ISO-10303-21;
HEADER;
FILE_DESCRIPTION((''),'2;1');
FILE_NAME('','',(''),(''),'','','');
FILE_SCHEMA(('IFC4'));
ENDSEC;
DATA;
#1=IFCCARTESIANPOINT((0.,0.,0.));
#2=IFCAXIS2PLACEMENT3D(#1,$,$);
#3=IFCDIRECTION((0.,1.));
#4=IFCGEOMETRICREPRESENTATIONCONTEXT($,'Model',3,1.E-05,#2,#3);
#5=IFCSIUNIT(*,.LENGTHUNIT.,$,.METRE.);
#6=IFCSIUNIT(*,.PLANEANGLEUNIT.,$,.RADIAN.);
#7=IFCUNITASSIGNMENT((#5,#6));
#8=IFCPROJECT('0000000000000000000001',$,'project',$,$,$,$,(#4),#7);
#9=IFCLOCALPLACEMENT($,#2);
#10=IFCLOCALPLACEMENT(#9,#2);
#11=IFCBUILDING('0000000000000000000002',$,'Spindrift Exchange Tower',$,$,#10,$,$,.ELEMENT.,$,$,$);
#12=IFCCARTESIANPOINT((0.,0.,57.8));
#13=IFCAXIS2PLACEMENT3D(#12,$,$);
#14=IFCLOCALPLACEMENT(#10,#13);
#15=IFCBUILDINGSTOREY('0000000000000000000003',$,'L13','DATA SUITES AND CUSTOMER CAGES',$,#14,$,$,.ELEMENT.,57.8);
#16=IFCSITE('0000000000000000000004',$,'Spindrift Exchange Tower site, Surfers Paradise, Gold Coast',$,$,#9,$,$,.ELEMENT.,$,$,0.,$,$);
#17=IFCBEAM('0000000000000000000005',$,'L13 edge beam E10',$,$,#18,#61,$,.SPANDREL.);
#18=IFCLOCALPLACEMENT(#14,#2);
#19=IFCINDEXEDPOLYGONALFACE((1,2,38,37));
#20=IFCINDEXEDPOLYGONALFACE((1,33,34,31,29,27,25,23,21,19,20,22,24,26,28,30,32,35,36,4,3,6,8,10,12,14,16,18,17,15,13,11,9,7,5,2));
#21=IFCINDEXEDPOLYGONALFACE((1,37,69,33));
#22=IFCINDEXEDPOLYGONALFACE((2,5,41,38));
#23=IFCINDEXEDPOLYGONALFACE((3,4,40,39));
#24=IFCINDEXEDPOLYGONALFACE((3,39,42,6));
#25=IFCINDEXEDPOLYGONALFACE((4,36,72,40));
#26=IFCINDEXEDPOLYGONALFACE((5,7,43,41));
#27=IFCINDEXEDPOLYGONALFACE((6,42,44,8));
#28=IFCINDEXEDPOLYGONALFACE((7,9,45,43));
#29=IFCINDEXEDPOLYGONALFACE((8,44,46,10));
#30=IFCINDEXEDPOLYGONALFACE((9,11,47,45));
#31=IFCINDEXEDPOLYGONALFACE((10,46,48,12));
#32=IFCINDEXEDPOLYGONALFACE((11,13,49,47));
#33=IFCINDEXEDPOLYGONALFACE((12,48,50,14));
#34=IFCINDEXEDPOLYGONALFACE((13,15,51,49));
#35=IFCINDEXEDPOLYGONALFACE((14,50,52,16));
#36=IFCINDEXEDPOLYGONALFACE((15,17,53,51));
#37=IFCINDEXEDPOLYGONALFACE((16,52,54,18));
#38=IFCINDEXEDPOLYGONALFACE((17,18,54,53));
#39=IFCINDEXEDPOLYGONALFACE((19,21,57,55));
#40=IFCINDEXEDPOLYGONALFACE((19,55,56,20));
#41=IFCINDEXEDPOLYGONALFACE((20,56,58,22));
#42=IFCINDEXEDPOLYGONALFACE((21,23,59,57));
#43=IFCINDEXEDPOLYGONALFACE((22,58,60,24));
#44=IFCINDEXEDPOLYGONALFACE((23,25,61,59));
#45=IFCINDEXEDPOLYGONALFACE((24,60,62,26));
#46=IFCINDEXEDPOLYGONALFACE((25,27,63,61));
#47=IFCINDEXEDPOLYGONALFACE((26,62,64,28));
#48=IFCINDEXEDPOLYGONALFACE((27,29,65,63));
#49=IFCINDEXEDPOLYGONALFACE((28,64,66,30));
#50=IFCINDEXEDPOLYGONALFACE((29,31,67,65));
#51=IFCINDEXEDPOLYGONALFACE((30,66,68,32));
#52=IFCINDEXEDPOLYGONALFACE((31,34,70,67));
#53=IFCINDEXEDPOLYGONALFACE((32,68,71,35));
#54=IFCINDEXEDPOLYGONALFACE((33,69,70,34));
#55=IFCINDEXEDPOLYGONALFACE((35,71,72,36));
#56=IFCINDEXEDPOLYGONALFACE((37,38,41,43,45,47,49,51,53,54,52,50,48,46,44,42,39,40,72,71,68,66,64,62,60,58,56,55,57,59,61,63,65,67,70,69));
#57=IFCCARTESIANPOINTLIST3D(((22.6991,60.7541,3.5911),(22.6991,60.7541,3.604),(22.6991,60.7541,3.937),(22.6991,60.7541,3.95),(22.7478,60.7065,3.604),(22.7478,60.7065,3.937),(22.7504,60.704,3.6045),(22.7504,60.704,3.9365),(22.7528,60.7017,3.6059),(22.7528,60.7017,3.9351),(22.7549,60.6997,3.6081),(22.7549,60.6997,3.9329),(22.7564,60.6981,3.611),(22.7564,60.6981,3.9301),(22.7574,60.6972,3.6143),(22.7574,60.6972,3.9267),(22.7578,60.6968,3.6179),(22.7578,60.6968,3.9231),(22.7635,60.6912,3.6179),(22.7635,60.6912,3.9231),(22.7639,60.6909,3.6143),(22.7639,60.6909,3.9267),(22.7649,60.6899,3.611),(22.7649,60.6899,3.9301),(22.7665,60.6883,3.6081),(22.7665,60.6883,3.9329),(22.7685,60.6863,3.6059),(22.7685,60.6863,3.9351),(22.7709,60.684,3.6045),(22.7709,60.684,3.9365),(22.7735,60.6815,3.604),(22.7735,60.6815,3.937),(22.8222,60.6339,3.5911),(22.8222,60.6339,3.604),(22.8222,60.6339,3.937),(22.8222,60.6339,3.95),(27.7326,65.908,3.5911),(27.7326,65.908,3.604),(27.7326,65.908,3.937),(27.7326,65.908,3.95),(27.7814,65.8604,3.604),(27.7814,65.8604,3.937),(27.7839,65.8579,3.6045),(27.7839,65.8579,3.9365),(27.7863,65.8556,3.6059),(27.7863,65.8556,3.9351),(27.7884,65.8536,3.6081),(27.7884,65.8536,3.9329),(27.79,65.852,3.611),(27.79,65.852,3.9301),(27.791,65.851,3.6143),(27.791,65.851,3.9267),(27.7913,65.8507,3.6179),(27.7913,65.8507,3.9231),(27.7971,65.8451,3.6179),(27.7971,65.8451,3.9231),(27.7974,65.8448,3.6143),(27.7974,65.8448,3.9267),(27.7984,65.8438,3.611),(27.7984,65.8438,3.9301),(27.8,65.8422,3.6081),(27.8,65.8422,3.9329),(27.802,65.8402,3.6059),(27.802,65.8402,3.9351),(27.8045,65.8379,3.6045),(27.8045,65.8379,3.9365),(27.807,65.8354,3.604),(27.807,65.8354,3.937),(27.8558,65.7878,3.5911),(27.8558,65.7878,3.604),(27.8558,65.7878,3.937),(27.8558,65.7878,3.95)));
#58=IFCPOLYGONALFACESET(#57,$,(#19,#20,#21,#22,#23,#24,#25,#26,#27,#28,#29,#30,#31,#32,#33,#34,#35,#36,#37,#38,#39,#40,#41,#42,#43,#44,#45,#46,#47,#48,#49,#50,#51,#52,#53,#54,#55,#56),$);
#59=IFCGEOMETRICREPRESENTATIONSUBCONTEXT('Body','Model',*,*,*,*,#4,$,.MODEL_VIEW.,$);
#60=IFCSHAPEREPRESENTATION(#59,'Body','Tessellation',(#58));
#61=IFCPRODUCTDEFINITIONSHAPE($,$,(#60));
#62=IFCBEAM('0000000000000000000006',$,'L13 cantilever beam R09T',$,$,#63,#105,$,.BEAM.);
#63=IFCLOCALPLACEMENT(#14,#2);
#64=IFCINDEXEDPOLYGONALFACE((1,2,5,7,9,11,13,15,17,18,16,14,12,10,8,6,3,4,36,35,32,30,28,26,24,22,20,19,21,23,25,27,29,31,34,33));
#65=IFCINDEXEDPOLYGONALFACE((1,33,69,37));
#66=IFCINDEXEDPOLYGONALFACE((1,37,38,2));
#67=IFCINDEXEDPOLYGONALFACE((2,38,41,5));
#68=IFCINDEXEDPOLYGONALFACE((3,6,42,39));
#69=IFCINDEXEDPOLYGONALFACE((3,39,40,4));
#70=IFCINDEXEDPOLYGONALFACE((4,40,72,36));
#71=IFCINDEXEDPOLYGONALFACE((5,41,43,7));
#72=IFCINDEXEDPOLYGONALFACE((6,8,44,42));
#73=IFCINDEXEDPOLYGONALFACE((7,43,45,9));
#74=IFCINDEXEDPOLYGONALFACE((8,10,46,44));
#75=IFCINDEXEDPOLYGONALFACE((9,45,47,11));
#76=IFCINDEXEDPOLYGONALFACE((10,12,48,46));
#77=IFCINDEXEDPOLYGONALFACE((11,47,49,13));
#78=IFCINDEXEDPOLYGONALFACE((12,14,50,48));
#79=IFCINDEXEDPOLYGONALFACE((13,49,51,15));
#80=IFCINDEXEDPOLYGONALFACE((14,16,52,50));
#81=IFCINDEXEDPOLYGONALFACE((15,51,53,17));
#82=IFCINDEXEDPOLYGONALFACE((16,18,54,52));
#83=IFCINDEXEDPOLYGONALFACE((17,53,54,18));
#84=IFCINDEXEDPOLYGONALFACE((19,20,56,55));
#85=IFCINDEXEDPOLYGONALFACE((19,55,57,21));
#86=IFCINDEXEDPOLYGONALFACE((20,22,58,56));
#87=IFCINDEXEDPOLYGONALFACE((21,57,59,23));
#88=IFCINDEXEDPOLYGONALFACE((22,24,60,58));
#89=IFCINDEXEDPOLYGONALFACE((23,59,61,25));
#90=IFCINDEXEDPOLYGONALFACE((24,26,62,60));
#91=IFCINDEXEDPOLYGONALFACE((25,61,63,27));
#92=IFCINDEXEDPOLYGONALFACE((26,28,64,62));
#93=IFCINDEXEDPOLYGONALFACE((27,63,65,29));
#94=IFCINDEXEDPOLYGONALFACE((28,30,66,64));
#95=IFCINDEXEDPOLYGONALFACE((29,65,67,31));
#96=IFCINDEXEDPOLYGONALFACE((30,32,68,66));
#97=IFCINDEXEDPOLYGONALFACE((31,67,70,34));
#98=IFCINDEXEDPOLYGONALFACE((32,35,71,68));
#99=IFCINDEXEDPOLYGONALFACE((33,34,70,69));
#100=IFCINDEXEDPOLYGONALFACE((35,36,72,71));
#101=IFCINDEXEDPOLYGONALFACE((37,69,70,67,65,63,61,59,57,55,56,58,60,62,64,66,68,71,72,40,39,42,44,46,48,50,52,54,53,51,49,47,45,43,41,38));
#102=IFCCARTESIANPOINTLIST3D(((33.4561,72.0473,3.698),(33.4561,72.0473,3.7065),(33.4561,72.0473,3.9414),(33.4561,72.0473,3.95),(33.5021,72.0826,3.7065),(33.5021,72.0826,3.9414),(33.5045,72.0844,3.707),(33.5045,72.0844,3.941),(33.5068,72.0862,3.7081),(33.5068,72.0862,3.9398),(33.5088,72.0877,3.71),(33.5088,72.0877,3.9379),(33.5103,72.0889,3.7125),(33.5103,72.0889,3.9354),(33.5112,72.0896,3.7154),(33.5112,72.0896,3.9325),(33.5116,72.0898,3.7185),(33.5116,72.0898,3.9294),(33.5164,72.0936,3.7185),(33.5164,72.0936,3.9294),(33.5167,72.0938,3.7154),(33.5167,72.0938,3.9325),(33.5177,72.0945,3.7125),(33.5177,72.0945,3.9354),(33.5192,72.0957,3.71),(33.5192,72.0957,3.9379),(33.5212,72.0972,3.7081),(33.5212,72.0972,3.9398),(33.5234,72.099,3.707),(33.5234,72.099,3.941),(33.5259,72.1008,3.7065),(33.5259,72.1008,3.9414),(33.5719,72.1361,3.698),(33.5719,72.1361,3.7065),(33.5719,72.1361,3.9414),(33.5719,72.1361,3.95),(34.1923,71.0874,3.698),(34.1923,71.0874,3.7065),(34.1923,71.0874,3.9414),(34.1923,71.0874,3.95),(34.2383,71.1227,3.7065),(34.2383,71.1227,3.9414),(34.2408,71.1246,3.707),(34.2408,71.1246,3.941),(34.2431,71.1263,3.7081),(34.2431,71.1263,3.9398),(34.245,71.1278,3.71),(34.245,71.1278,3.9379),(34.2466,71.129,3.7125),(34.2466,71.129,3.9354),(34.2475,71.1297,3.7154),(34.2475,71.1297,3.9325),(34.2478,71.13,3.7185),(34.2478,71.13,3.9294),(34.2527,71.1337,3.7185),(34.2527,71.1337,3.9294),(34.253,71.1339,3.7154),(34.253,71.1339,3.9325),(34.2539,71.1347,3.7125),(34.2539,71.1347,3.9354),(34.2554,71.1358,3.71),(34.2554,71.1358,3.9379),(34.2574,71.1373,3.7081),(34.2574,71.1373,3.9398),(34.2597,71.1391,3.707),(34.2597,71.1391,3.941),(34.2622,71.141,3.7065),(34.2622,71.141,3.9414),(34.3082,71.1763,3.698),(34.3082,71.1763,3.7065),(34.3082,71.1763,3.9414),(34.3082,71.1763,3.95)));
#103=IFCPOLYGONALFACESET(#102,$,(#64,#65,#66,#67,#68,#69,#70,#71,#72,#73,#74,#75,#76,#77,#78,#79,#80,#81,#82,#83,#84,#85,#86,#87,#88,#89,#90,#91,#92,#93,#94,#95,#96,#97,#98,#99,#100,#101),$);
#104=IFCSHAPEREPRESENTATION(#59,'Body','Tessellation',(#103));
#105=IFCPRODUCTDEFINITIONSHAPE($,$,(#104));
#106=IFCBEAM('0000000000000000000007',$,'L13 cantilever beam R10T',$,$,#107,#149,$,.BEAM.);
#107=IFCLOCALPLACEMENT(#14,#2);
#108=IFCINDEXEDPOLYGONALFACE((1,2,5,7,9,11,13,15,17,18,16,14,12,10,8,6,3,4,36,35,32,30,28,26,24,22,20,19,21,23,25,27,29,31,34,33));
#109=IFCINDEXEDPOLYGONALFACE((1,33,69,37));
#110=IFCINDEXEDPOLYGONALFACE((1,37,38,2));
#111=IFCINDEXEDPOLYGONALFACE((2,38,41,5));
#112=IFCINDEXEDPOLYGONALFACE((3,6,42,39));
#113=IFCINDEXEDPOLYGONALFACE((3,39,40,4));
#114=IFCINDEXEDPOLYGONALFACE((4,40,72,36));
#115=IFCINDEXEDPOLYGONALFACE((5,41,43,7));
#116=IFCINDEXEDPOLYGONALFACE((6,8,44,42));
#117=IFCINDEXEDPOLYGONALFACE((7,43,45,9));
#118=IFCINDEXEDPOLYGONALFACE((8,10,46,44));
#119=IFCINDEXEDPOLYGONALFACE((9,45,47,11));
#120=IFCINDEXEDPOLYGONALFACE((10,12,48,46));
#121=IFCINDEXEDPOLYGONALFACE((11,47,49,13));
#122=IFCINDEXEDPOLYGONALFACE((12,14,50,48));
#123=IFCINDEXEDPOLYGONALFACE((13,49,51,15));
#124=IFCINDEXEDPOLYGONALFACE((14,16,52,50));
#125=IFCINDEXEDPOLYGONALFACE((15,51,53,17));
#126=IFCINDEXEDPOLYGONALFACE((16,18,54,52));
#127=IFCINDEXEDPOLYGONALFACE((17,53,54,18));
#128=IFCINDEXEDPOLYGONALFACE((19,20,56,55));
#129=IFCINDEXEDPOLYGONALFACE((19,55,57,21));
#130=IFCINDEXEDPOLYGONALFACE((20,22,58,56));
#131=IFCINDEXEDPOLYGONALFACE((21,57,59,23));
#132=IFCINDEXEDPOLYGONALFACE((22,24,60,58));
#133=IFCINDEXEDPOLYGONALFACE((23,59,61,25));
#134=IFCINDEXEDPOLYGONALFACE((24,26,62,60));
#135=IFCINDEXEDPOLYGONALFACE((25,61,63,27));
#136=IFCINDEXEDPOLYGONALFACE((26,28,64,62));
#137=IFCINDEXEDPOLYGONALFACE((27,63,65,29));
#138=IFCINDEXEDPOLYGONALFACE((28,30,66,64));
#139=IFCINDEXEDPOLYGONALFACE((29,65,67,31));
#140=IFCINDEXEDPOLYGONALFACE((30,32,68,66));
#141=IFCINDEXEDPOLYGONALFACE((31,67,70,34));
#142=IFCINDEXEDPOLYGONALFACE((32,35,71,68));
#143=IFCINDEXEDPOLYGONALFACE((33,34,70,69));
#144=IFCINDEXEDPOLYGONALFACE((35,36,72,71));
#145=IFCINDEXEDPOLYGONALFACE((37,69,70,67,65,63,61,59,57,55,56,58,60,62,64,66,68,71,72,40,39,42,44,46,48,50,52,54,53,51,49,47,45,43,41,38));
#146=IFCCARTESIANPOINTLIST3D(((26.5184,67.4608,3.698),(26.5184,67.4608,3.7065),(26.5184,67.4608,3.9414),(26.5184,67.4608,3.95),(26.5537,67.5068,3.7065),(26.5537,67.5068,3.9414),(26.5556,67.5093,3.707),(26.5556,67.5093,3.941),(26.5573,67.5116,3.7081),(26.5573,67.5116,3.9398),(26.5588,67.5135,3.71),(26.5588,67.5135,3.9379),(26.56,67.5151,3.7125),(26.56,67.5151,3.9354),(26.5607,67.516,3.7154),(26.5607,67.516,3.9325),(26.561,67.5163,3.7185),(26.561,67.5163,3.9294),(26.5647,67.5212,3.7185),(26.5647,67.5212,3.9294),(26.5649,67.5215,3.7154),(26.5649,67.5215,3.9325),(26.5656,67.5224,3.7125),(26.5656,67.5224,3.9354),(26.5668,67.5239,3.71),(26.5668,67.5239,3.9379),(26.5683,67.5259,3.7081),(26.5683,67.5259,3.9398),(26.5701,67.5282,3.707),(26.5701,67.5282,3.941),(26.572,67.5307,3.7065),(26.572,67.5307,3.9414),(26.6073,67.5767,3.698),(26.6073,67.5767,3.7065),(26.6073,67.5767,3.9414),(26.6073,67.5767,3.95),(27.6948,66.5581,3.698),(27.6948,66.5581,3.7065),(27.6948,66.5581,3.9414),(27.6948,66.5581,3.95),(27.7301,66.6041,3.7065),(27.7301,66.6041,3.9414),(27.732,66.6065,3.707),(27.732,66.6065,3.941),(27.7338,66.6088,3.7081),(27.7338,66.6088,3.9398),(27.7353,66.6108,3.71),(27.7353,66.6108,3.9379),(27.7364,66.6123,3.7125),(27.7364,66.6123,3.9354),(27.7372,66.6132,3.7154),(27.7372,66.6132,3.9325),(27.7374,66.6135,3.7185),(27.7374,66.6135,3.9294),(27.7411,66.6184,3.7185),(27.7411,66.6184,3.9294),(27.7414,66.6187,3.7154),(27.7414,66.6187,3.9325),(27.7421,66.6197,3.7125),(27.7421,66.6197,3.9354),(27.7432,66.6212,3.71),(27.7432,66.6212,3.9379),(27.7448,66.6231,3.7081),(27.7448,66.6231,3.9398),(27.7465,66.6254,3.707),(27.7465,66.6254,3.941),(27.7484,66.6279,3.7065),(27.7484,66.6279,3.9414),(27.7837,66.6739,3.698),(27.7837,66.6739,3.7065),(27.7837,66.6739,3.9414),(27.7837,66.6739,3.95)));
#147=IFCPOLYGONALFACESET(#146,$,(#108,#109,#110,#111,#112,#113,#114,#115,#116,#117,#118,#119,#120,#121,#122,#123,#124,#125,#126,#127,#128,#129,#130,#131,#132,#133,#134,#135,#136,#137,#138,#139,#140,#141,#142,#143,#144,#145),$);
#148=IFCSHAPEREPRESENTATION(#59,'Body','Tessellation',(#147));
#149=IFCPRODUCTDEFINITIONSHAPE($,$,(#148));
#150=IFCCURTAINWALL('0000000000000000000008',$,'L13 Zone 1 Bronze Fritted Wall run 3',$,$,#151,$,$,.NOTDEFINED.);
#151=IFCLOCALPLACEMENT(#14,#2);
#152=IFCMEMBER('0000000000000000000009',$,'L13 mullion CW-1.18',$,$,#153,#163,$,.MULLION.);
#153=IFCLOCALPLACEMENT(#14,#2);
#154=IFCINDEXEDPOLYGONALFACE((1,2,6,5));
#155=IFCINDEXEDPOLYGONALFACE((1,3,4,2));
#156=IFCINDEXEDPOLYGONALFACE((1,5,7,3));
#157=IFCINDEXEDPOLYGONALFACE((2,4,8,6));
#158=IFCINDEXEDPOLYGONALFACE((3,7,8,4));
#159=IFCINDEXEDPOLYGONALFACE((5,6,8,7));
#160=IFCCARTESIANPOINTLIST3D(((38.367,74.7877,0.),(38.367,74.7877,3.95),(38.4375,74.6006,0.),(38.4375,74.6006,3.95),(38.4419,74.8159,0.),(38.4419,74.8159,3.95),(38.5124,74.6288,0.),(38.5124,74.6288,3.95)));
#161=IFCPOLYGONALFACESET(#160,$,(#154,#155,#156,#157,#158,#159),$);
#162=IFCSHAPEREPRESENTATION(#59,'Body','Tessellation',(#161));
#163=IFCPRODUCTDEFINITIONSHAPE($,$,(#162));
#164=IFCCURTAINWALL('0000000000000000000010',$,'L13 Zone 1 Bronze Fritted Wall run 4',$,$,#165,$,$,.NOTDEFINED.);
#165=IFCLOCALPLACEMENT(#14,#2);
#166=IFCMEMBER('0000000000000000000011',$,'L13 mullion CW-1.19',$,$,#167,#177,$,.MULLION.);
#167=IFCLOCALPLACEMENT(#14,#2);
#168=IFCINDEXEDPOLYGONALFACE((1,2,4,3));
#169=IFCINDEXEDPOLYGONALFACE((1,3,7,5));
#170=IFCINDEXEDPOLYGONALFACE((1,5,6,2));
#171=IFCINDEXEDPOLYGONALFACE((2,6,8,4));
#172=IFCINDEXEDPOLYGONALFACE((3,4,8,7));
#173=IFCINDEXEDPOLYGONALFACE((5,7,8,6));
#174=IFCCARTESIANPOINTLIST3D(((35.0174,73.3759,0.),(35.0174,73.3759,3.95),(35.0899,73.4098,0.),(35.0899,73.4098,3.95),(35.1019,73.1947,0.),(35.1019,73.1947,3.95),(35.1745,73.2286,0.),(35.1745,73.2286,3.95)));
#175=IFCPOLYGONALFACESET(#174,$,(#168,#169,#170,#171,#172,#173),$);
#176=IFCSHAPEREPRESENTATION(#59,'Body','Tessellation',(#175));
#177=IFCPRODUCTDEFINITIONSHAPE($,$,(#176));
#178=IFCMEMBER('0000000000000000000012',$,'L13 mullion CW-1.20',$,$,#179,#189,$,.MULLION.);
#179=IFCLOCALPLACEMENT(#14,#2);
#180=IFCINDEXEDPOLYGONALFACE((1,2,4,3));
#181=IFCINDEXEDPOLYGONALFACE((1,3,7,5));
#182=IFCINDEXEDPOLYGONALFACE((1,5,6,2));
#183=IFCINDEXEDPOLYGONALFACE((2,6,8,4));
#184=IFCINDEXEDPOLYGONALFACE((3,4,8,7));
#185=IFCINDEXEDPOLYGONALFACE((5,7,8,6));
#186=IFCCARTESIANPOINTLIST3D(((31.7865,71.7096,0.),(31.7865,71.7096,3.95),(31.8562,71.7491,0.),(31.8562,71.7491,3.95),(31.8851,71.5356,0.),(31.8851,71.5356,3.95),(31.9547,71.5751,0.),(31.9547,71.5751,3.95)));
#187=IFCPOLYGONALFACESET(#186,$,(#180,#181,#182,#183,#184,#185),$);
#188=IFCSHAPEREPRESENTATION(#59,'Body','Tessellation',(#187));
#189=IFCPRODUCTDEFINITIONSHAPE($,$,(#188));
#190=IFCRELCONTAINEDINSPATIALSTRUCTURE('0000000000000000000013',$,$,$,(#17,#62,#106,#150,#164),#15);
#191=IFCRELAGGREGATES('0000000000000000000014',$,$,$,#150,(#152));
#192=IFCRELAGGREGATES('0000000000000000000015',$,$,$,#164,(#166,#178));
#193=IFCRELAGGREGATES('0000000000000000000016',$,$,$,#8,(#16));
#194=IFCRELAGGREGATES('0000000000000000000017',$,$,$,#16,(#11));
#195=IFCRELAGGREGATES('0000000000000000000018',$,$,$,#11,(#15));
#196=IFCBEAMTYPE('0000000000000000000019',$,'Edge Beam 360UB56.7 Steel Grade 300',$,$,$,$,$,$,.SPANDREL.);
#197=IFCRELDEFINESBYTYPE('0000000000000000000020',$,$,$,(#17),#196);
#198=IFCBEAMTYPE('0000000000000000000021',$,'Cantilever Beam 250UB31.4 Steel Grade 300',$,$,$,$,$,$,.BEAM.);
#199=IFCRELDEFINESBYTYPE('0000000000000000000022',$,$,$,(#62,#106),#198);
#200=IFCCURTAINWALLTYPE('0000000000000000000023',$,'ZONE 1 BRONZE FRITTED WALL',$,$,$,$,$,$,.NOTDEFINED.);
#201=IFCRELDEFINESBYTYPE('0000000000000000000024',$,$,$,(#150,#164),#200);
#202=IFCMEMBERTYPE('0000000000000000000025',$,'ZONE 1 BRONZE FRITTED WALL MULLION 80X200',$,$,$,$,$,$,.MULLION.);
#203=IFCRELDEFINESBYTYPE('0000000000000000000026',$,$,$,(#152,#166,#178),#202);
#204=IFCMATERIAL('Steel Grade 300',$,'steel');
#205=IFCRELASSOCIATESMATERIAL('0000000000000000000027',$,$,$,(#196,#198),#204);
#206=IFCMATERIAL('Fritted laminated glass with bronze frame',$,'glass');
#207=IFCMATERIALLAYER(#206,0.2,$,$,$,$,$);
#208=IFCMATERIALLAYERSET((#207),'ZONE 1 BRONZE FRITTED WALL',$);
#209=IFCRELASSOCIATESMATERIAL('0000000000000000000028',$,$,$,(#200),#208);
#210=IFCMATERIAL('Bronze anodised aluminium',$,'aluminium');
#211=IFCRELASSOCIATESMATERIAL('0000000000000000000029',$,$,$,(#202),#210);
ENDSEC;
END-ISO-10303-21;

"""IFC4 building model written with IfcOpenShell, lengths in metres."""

from ifc_helpers import new_model, si_unit, direction, frame, origin, origin_2d, place, context, subcontext, project, spatial, rectangle, i_section, extrude, source, transform, mapped, material, layer, layer_set, material_profile, profile_set, type_object, element, aggregate, save


model = new_model("IFC4")

# Units and contexts
model_context = context("Model", 3, precision=1e-05, world=origin(), true_north=direction((0.0, 1.0)))
body_context = subcontext(model_context, "Body", "Model", "MODEL_VIEW")
ifc_project = project(units=[si_unit("LENGTHUNIT", "METRE"), si_unit("PLANEANGLEUNIT", "RADIAN")], contexts=[model_context])

# Site, building, storey
site_placement = place(None, origin())
site = spatial("IfcSite", under=ifc_project, at=site_placement, Name="Spindrift Exchange Tower site, Surfers Paradise, Gold Coast", CompositionType="ELEMENT", RefElevation=0.0)
building_placement = place(site_placement, origin())
building = spatial("IfcBuilding", under=site, at=building_placement, Name="Spindrift Exchange Tower", CompositionType="ELEMENT")
storey_placement = place(building_placement, frame((0.0, 0.0, 57.8)))
storey = spatial("IfcBuildingStorey", under=building, at=storey_placement, Name="L13", Description="DATA SUITES AND CUSTOMER CAGES", CompositionType="ELEMENT", Elevation=57.8)

# Beams
ifc_material_1 = material(Name="Steel Grade 300", Category="steel")
ifc_material_profile_1 = material_profile(ifc_material_1, i_section(OverallWidth=0.1721, OverallDepth=0.3589, WebThickness=0.0081, FlangeThickness=0.0129, FilletRadius=0.0139, at=origin_2d()), Name="360UB56.7")
ifc_profile_set_1 = profile_set([ifc_material_profile_1], Name="Steel Grade 300")
beam_type_1 = type_object("IfcBeamType", Name="Edge Beam 360UB56.7 Steel Grade 300", PredefinedType="SPANDREL", material=ifc_profile_set_1)
shared_shape_1 = source(origin(), body_context, "Body", "SweptSolid", [
    extrude(i_section(OverallWidth=0.1721, OverallDepth=0.3589, WebThickness=0.0081, FlangeThickness=0.0129, FilletRadius=0.0139, at=origin_2d()), origin(), (0.0, 0.0, 1.0), 7.2041),
])
beam_1_placement = place(storey_placement, frame((27.7942, 65.8479, 3.7705), z_axis=(-0.698704, -0.715411, 0.0), x_axis=(0.715411, -0.698704, 0.0)))
element("IfcBeam", 1, at=beam_1_placement, inside=storey, type_object=beam_type_1, Name="L13 edge beam E10", PredefinedType="SPANDREL", context=body_context, shape_type="MappedRepresentation", body=[
    mapped(shared_shape_1, transform((0.0, 0.0, 0.0), scale=1.0)),
])
ifc_material_profile_2 = material_profile(ifc_material_1, i_section(OverallWidth=0.146, OverallDepth=0.252, WebThickness=0.0061, FlangeThickness=0.0085, FilletRadius=0.012, at=origin_2d()), Name="250UB31.4")
ifc_profile_set_2 = profile_set([ifc_material_profile_2], Name="Steel Grade 300")
beam_type_2 = type_object("IfcBeamType", Name="Cantilever Beam 250UB31.4 Steel Grade 300", PredefinedType="BEAM", material=ifc_profile_set_2)
shared_shape_2 = source(origin(), body_context, "Body", "SweptSolid", [
    extrude(i_section(OverallWidth=0.146, OverallDepth=0.252, WebThickness=0.0061, FlangeThickness=0.0085, FilletRadius=0.012, at=origin_2d()), origin(), (0.0, 0.0, 1.0), 1.2097),
])
beam_2_placement = place(storey_placement, frame((34.2502, 71.1318, 3.824), z_axis=(-0.608618, 0.793463, 0.0), x_axis=(-0.793463, -0.608618, 0.0)))
element("IfcBeam", 2, at=beam_2_placement, inside=storey, type_object=beam_type_2, Name="L13 cantilever beam R09T", PredefinedType="BEAM", context=body_context, shape_type="MappedRepresentation", body=[
    mapped(shared_shape_2, transform((0.0, 0.0, 0.0), scale=1.0)),
])
shared_shape_3 = source(origin(), body_context, "Body", "SweptSolid", [
    extrude(i_section(OverallWidth=0.146, OverallDepth=0.252, WebThickness=0.0061, FlangeThickness=0.0085, FilletRadius=0.012, at=origin_2d()), origin(), (0.0, 0.0, 1.0), 1.4829),
])
beam_3_placement = place(storey_placement, frame((27.7393, 66.616, 3.824), z_axis=(-0.793333, 0.608787, 0.0), x_axis=(-0.608787, -0.793333, 0.0)))
element("IfcBeam", 3, at=beam_3_placement, inside=storey, type_object=beam_type_2, Name="L13 cantilever beam R10T", PredefinedType="BEAM", context=body_context, shape_type="MappedRepresentation", body=[
    mapped(shared_shape_3, transform((0.0, 0.0, 0.0), scale=1.0)),
])

# Curtain wall, member
ifc_material_2 = material(Name="Fritted laminated glass with bronze frame", Category="glass")
ifc_layer_1 = layer(ifc_material_2, 0.2)
ifc_layer_set_1 = layer_set([ifc_layer_1], Name="ZONE 1 BRONZE FRITTED WALL")
curtain_wall_type = type_object("IfcCurtainWallType", Name="ZONE 1 BRONZE FRITTED WALL", PredefinedType="NOTDEFINED", material=ifc_layer_set_1)
curtain_wall_1_placement = place(storey_placement, origin())
curtain_wall_1 = element("IfcCurtainWall", 4, at=curtain_wall_1_placement, inside=storey, type_object=curtain_wall_type, Name="L13 Zone 1 Bronze Fritted Wall run 3", PredefinedType="NOTDEFINED")
ifc_material_3 = material(Name="Bronze anodised aluminium", Category="aluminium")
ifc_material_profile_3 = material_profile(ifc_material_3, rectangle(XDim=0.0801, YDim=0.2, at=origin_2d()), Name="ZONE 1 BRONZE FRITTED WALL MULLION 80X200")
ifc_profile_set_3 = profile_set([ifc_material_profile_3], Name="Bronze anodised aluminium")
member_type_1 = type_object("IfcMemberType", Name="ZONE 1 BRONZE FRITTED WALL MULLION 80X200", PredefinedType="MULLION", material=ifc_profile_set_3)
shared_shape_4 = source(origin(), body_context, "Body", "SweptSolid", [
    extrude(rectangle(XDim=0.0801, YDim=0.2, at=origin_2d()), origin(), (0.0, 0.0, 1.0), 3.95),
])
member_1_placement = place(storey_placement, frame((38.4397, 74.7083, 0.0), z_axis=(0.0, 0.0, 1.0), x_axis=(-0.935676, -0.35286, 0.0)))
member_1 = element("IfcMember", 5, at=member_1_placement, type_object=member_type_1, Name="L13 mullion CW-1.18", PredefinedType="MULLION", context=body_context, shape_type="MappedRepresentation", body=[
    mapped(shared_shape_4, transform((0.0, 0.0, 0.0), scale=1.0)),
])

# Curtain wall, members
curtain_wall_2_placement = place(storey_placement, origin())
curtain_wall_2 = element("IfcCurtainWall", 6, at=curtain_wall_2_placement, inside=storey, type_object=curtain_wall_type, Name="L13 Zone 1 Bronze Fritted Wall run 4", PredefinedType="NOTDEFINED")
member_2_placement = place(storey_placement, frame((35.0959, 73.3022, 0.0), z_axis=(0.0, 0.0, 1.0), x_axis=(-0.906164, -0.422927, 0.0)))
member_2 = element("IfcMember", 7, at=member_2_placement, type_object=member_type_1, Name="L13 mullion CW-1.19", PredefinedType="MULLION", context=body_context, shape_type="MappedRepresentation", body=[
    mapped(shared_shape_4, transform((0.0, 0.0, 0.0), scale=1.0)),
])
member_3_placement = place(storey_placement, frame((31.8706, 71.6423, 0.0), z_axis=(0.0, 0.0, 1.0), x_axis=(-0.870051, -0.492961, 0.0)))
member_3 = element("IfcMember", 8, at=member_3_placement, type_object=member_type_1, Name="L13 mullion CW-1.20", PredefinedType="MULLION", context=body_context, shape_type="MappedRepresentation", body=[
    mapped(shared_shape_4, transform((0.0, 0.0, 0.0), scale=1.0)),
])

aggregate(curtain_wall_1, [member_1])
aggregate(curtain_wall_2, [member_2, member_3])

save(model, "model.ifc")
